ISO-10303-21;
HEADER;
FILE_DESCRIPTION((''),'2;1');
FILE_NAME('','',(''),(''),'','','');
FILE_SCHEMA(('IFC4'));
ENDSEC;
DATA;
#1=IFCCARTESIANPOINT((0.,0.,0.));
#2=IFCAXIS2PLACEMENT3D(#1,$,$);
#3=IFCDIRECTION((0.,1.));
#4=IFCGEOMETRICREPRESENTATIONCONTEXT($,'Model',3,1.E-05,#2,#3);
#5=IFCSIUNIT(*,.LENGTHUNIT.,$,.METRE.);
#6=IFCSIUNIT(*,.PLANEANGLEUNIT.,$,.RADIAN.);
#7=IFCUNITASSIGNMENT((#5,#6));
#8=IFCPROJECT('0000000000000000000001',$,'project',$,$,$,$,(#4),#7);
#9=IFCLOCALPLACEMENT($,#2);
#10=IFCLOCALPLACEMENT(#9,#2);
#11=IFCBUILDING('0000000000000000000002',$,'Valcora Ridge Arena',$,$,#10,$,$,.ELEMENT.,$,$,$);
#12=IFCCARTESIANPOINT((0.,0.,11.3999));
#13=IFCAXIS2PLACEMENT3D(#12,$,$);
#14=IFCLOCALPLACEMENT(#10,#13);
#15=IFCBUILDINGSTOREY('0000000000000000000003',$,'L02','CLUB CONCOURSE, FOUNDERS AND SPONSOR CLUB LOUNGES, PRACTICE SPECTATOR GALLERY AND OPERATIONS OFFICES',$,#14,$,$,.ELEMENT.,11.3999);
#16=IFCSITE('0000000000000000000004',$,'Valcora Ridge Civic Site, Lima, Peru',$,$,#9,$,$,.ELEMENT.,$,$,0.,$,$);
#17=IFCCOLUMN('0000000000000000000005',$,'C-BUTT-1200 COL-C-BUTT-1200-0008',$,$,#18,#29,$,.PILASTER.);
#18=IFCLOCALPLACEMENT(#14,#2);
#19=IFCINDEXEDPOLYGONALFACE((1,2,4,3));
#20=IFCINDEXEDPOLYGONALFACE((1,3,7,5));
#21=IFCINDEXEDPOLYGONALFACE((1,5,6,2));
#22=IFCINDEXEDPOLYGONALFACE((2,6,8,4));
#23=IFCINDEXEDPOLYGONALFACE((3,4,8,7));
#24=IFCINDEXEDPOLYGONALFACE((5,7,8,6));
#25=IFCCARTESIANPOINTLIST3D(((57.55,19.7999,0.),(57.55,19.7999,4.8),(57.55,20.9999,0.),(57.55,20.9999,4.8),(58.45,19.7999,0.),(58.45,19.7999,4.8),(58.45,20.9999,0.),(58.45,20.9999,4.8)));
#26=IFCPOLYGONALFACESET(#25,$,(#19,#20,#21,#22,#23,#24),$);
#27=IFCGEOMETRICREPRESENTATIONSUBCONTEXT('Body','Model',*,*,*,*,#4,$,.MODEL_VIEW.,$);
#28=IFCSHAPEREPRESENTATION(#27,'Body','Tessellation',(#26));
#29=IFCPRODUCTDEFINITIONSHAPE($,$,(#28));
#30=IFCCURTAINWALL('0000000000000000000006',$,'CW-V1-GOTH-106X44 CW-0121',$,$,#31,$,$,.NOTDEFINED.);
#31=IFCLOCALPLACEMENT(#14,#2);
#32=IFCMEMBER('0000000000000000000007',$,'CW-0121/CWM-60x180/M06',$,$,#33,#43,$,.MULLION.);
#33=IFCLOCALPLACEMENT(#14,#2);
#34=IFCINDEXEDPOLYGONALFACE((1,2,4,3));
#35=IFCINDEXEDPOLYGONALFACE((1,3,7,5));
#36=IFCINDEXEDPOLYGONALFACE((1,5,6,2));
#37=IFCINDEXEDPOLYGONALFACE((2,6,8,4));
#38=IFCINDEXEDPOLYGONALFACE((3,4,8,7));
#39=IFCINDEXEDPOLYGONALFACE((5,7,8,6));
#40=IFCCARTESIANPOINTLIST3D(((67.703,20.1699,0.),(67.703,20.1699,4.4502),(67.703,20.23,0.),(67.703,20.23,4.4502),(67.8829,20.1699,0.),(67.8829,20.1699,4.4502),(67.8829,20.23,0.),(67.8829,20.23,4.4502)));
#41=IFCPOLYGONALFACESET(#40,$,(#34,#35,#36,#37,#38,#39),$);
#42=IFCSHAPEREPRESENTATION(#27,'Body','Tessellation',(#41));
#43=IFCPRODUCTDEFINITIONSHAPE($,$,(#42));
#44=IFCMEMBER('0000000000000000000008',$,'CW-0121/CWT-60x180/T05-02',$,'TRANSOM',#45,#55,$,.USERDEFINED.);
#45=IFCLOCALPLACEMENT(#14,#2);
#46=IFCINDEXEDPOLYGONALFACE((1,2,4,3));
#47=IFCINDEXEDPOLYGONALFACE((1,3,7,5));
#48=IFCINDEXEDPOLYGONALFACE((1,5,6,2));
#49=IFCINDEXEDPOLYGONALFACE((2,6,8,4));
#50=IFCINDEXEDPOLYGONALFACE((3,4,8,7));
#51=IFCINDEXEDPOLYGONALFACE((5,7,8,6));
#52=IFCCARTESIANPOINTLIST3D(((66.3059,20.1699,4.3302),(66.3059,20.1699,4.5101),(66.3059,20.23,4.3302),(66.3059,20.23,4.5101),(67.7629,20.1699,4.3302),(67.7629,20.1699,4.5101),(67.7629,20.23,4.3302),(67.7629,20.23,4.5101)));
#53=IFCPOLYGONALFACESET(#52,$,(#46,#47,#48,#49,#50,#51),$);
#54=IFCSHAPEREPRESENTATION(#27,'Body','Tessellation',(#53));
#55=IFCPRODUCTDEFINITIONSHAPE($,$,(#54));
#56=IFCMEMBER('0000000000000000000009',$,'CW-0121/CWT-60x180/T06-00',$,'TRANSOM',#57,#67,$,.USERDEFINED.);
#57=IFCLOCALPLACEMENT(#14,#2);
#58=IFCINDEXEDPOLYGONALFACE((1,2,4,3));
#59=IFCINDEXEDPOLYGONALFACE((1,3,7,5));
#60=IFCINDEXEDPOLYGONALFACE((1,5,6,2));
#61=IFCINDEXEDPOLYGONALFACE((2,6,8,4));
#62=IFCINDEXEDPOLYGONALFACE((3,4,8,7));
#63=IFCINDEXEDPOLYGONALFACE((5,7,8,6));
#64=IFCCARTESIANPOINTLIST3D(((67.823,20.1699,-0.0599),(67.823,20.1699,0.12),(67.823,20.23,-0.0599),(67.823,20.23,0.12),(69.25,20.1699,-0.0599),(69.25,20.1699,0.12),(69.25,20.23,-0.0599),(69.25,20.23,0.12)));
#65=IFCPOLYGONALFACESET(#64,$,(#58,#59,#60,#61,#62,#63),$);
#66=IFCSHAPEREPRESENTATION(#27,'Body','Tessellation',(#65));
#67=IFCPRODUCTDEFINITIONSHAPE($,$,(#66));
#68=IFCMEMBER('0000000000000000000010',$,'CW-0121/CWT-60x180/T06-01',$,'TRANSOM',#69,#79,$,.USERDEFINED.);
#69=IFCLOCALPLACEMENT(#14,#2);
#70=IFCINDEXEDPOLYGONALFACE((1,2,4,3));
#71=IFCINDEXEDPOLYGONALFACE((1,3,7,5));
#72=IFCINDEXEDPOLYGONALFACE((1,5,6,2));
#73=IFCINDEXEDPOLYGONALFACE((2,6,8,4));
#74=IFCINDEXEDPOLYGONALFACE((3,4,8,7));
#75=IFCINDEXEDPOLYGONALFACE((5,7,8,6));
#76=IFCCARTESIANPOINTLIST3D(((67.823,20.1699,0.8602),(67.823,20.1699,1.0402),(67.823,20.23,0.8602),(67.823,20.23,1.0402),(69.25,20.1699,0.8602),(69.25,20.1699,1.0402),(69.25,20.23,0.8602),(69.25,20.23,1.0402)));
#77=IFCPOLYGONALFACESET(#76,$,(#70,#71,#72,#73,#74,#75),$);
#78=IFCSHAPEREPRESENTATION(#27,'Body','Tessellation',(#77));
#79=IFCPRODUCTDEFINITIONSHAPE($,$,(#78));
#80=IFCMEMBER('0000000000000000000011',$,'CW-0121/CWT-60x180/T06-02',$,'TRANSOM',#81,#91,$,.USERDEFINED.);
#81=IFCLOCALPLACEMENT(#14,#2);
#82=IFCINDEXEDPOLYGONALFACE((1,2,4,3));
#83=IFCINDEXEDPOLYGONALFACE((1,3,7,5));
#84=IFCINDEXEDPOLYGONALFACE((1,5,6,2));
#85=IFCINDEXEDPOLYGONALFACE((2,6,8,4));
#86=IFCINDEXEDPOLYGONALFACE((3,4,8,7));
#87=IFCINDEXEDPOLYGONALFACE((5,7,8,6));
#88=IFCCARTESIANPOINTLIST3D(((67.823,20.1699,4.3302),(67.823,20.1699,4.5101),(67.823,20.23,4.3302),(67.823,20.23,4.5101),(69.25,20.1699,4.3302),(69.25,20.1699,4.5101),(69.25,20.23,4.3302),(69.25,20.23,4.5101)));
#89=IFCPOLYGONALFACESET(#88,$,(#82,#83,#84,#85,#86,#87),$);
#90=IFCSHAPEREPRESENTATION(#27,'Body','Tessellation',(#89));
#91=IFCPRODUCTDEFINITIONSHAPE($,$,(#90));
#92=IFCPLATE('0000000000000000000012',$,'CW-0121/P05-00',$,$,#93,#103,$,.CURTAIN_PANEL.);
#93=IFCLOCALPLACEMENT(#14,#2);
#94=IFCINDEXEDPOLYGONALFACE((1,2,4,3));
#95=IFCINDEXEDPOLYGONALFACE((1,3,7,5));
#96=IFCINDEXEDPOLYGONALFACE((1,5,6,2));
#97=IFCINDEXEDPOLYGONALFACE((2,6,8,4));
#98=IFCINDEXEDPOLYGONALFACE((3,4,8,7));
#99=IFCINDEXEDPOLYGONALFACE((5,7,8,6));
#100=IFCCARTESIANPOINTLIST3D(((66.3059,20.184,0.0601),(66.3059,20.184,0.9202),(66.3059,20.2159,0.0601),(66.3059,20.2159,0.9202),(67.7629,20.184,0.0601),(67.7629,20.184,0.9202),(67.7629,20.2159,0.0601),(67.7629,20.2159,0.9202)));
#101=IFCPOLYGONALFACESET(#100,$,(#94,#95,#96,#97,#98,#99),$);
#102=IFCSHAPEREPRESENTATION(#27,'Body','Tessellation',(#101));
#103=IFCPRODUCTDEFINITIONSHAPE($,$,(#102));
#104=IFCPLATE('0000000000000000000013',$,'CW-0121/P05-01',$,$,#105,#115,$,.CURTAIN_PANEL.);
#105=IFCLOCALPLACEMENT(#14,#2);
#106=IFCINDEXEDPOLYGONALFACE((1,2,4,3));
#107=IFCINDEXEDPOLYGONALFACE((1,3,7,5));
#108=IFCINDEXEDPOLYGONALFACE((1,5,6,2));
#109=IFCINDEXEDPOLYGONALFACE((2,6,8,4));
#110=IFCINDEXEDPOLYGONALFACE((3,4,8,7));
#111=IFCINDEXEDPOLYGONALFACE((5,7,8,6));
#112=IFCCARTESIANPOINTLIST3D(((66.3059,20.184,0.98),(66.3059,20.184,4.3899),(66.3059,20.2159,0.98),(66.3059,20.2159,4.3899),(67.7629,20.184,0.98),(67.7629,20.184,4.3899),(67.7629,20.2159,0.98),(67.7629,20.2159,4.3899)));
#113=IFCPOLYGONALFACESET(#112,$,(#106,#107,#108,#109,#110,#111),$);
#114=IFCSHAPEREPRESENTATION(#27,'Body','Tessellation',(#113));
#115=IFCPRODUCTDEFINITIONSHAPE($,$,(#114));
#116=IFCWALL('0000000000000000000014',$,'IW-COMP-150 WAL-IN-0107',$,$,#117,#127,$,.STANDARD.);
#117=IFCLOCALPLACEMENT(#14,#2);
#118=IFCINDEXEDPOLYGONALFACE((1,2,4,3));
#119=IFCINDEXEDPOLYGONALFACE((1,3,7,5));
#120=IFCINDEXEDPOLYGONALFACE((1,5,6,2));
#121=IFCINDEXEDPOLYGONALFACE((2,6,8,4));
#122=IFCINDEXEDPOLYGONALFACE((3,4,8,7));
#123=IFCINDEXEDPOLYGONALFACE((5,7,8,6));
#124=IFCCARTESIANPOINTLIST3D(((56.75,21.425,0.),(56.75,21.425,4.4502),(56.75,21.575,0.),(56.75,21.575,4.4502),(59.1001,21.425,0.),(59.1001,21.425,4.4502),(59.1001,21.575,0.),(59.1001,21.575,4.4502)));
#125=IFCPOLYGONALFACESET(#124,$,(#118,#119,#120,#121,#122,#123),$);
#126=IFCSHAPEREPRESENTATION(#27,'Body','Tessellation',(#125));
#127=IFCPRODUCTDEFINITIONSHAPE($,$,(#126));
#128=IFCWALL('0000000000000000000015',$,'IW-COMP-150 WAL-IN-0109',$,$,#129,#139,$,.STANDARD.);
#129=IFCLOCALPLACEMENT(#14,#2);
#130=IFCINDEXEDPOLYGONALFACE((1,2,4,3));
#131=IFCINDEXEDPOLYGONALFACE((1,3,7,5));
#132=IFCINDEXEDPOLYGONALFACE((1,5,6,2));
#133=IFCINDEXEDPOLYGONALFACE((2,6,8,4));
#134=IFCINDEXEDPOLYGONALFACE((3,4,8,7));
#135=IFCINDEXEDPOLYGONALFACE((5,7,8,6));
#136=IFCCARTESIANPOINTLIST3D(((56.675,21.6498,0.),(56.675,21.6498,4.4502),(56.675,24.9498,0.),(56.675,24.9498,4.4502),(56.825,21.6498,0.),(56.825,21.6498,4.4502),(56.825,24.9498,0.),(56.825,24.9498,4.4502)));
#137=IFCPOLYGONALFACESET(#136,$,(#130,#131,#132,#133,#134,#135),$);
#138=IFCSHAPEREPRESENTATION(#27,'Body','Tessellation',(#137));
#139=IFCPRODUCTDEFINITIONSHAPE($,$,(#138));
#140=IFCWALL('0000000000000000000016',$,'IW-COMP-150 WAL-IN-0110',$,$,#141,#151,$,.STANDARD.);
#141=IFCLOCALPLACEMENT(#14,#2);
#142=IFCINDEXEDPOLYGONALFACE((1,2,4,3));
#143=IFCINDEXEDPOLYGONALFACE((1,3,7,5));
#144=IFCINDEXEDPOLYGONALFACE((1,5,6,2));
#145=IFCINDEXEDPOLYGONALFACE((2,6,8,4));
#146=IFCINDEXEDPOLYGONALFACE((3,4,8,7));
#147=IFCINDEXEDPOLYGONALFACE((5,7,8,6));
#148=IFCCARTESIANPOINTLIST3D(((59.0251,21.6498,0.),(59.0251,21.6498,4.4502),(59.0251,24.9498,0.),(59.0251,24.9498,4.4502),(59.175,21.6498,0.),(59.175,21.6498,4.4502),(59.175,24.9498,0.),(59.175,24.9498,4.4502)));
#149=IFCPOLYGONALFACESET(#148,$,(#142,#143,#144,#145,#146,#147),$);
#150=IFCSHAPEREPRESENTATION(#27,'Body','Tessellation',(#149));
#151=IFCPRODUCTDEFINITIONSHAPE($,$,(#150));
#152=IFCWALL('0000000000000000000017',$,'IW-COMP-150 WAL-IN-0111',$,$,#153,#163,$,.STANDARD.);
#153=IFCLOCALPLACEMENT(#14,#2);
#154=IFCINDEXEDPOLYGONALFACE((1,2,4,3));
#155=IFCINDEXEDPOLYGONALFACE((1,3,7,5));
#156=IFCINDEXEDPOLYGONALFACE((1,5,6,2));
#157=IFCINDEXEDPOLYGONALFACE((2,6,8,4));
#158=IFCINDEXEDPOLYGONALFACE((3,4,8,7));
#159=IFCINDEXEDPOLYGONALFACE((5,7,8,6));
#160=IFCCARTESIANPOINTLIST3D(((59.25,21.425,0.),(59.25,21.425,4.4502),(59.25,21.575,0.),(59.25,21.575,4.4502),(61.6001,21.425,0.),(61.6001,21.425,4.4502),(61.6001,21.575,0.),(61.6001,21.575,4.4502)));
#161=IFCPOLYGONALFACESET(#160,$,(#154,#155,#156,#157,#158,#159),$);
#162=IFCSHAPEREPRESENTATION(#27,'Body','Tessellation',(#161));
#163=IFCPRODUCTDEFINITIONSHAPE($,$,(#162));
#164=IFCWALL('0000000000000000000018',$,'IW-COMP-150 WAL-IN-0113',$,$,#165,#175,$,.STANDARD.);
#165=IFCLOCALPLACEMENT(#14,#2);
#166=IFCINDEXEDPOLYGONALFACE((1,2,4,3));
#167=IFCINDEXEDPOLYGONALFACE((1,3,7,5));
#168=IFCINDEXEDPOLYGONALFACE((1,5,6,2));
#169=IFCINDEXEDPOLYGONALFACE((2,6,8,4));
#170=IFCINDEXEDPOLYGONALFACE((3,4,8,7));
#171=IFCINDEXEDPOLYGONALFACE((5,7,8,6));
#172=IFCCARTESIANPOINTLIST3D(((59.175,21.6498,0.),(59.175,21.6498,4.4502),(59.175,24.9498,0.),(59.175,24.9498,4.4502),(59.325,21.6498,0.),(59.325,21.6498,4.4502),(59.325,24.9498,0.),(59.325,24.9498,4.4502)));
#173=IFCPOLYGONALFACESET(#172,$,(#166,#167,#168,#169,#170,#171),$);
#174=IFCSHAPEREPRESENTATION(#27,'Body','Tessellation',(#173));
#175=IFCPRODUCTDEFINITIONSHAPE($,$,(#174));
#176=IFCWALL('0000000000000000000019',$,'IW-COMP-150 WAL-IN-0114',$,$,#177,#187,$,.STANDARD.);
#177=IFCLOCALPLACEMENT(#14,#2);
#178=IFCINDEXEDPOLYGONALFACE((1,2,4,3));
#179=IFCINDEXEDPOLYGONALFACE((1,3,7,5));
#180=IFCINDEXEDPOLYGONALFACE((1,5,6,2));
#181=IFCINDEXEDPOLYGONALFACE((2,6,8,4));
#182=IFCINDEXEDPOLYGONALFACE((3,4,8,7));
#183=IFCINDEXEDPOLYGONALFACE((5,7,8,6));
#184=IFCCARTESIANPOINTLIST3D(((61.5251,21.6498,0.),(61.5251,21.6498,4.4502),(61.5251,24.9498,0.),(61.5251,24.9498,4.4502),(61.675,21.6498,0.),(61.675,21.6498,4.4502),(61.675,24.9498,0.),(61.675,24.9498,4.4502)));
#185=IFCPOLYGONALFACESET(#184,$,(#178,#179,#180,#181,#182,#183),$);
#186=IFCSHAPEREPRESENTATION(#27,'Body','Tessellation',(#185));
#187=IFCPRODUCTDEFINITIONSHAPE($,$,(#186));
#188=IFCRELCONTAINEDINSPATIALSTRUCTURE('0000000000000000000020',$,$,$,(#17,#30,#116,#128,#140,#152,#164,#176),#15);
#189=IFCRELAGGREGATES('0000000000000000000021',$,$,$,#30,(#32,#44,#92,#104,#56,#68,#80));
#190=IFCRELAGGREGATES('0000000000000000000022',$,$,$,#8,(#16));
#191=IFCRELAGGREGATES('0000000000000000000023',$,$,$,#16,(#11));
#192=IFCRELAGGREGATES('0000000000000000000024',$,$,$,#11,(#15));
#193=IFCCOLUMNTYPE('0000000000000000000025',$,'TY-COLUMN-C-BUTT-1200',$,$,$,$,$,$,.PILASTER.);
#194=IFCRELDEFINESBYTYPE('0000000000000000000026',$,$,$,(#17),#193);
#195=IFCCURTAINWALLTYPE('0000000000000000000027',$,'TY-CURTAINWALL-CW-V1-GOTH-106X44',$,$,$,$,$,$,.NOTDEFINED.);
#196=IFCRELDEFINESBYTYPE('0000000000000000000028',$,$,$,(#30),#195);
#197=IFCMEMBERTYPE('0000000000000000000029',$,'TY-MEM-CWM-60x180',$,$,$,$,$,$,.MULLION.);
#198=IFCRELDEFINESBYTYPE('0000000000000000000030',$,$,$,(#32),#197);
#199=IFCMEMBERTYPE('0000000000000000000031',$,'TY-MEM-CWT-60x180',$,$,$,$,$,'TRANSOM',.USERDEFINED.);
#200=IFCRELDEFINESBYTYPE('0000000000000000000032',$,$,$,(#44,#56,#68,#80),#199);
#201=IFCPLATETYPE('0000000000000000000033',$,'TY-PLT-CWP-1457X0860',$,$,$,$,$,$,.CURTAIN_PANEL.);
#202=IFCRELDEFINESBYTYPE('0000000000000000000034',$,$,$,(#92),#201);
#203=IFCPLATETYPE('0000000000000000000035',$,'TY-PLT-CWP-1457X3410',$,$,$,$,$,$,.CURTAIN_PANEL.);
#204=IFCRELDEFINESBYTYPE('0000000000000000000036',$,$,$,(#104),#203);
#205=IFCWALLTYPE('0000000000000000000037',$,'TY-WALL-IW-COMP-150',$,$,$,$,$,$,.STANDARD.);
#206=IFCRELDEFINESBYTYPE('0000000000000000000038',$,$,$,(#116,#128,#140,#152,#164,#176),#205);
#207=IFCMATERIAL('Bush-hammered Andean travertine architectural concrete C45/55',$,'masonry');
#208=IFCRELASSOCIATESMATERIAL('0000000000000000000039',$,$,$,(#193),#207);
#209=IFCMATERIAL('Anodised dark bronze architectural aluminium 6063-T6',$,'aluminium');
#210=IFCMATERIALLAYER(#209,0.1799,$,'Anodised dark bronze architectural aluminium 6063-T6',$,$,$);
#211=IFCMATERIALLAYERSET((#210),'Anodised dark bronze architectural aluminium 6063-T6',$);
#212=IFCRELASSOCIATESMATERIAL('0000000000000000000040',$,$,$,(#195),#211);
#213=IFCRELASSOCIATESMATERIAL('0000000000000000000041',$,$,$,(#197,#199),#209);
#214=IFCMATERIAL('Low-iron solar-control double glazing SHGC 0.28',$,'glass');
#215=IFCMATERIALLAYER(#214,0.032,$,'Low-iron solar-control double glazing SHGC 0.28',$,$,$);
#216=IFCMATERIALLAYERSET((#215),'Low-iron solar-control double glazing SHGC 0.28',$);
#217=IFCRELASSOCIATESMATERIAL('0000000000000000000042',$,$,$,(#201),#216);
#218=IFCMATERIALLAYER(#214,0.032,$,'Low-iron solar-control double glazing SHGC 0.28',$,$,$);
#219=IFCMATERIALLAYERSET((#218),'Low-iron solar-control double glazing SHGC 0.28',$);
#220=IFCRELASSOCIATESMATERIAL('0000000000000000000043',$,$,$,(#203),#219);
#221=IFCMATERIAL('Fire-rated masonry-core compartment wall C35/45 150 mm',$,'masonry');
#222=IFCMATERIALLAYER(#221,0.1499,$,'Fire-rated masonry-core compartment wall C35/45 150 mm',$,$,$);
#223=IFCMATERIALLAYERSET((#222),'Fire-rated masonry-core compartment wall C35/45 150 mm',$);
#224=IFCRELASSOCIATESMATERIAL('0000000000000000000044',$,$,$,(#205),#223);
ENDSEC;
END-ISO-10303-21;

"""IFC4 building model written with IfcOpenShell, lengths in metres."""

from ifc_helpers import new_model, si_unit, direction, frame, frame_2d, origin, origin_2d, place, context, subcontext, project, spatial, rectangle, extrude, material, layer, layer_set, material_profile, profile_set, type_object, element, aggregate, save


model = new_model("IFC4")

# Units and contexts
model_context = context("Model", 3, precision=1e-05, world=origin(), true_north=direction((0.0, 1.0)))
body_context = subcontext(model_context, "Body", "Model", "MODEL_VIEW")
ifc_project = project(units=[si_unit("LENGTHUNIT", "METRE"), si_unit("PLANEANGLEUNIT", "RADIAN")], contexts=[model_context])

# Site, building, storey
site_placement = place(None, origin())
site = spatial("IfcSite", under=ifc_project, at=site_placement, Name="Valcora Ridge Civic Site, Lima, Peru", CompositionType="ELEMENT", RefElevation=0.0)
building_placement = place(site_placement, origin())
building = spatial("IfcBuilding", under=site, at=building_placement, Name="Valcora Ridge Arena", CompositionType="ELEMENT")
storey_placement = place(building_placement, frame((0.0, 0.0, 11.3999)))
storey = spatial("IfcBuildingStorey", under=building, at=storey_placement, Name="L02", Description="CLUB CONCOURSE, FOUNDERS AND SPONSOR CLUB LOUNGES, PRACTICE SPECTATOR GALLERY AND OPERATIONS OFFICES", CompositionType="ELEMENT", Elevation=11.3999)

# Column
ifc_material_1 = material(Name="Bush-hammered Andean travertine architectural concrete C45/55", Category="masonry")
ifc_material_profile_1 = material_profile(ifc_material_1, rectangle(XDim=0.8999, YDim=1.2, at=origin_2d()), Name="RC 900x1200")
ifc_profile_set_1 = profile_set([ifc_material_profile_1], Name="Bush-hammered Andean travertine architectural concrete C45/55")
column_type = type_object("IfcColumnType", Name="TY-COLUMN-C-BUTT-1200", PredefinedType="PILASTER", material=ifc_profile_set_1)
column_placement = place(storey_placement, frame((58.0, 20.3999, 0.0), z_axis=(0.0, 0.0, 1.0), x_axis=(1.0, 0.0, 0.0)))
element("IfcColumn", 1, at=column_placement, inside=storey, type_object=column_type, Name="C-BUTT-1200 COL-C-BUTT-1200-0008", PredefinedType="PILASTER", context=body_context, shape_type="SweptSolid", body=[
    extrude(rectangle(XDim=0.8999, YDim=1.2, at=origin_2d()), origin(), (0.0, 0.0, 1.0), 4.8),
])

# Curtain wall, members, plates
ifc_material_2 = material(Name="Anodised dark bronze architectural aluminium 6063-T6", Category="aluminium")
ifc_layer_1 = layer(ifc_material_2, 0.1799, Name="Anodised dark bronze architectural aluminium 6063-T6")
ifc_layer_set_1 = layer_set([ifc_layer_1], Name="Anodised dark bronze architectural aluminium 6063-T6")
curtain_wall_type = type_object("IfcCurtainWallType", Name="TY-CURTAINWALL-CW-V1-GOTH-106X44", PredefinedType="NOTDEFINED", material=ifc_layer_set_1)
curtain_wall_placement = place(storey_placement, origin())
curtain_wall = element("IfcCurtainWall", 2, at=curtain_wall_placement, inside=storey, type_object=curtain_wall_type, Name="CW-V1-GOTH-106X44 CW-0121", PredefinedType="NOTDEFINED")
ifc_material_profile_2 = material_profile(ifc_material_2, rectangle(XDim=0.0601, YDim=0.1799, at=origin_2d()), Name="ALU MULLION 60x180")
ifc_profile_set_2 = profile_set([ifc_material_profile_2], Name="Anodised dark bronze architectural aluminium 6063-T6")
member_type_1 = type_object("IfcMemberType", Name="TY-MEM-CWM-60x180", PredefinedType="MULLION", material=ifc_profile_set_2)
member_1_placement = place(storey_placement, frame((67.793, 20.2, 0.0), z_axis=(0.0, 0.0, 1.0), x_axis=(0.0, 1.0, 0.0)))
member_1 = element("IfcMember", 3, at=member_1_placement, type_object=member_type_1, Name="CW-0121/CWM-60x180/M06", PredefinedType="MULLION", context=body_context, shape_type="SweptSolid", body=[
    extrude(rectangle(XDim=0.0601, YDim=0.1799, at=origin_2d()), origin(), (0.0, 0.0, 1.0), 4.4502),
])
ifc_material_profile_3 = material_profile(ifc_material_2, rectangle(XDim=0.0601, YDim=0.1799, at=origin_2d()), Name="ALU TRANSOM 60x180")
ifc_profile_set_3 = profile_set([ifc_material_profile_3], Name="Anodised dark bronze architectural aluminium 6063-T6")
member_type_2 = type_object("IfcMemberType", Name="TY-MEM-CWT-60x180", ElementType="TRANSOM", PredefinedType="USERDEFINED", material=ifc_profile_set_3)
member_2_placement = place(storey_placement, frame((66.3059, 20.2, 4.4202), z_axis=(1.0, 0.0, 0.0), x_axis=(0.0, 1.0, 0.0)))
member_2 = element("IfcMember", 4, at=member_2_placement, type_object=member_type_2, Name="CW-0121/CWT-60x180/T05-02", ObjectType="TRANSOM", PredefinedType="USERDEFINED", context=body_context, shape_type="SweptSolid", body=[
    extrude(rectangle(XDim=0.0601, YDim=0.1799, at=origin_2d()), origin(), (0.0, 0.0, 1.0), 1.457),
])
member_3_placement = place(storey_placement, frame((67.823, 20.2, 0.03), z_axis=(1.0, 0.0, 0.0), x_axis=(0.0, 1.0, 0.0)))
member_3 = element("IfcMember", 5, at=member_3_placement, type_object=member_type_2, Name="CW-0121/CWT-60x180/T06-00", ObjectType="TRANSOM", PredefinedType="USERDEFINED", context=body_context, shape_type="SweptSolid", body=[
    extrude(rectangle(XDim=0.0601, YDim=0.1799, at=origin_2d()), origin(), (0.0, 0.0, 1.0), 1.427),
])
member_4_placement = place(storey_placement, frame((67.823, 20.2, 0.9502), z_axis=(1.0, 0.0, 0.0), x_axis=(0.0, 1.0, 0.0)))
member_4 = element("IfcMember", 6, at=member_4_placement, type_object=member_type_2, Name="CW-0121/CWT-60x180/T06-01", ObjectType="TRANSOM", PredefinedType="USERDEFINED", context=body_context, shape_type="SweptSolid", body=[
    extrude(rectangle(XDim=0.0601, YDim=0.1799, at=origin_2d()), origin(), (0.0, 0.0, 1.0), 1.427),
])
member_5_placement = place(storey_placement, frame((67.823, 20.2, 4.4202), z_axis=(1.0, 0.0, 0.0), x_axis=(0.0, 1.0, 0.0)))
member_5 = element("IfcMember", 7, at=member_5_placement, type_object=member_type_2, Name="CW-0121/CWT-60x180/T06-02", ObjectType="TRANSOM", PredefinedType="USERDEFINED", context=body_context, shape_type="SweptSolid", body=[
    extrude(rectangle(XDim=0.0601, YDim=0.1799, at=origin_2d()), origin(), (0.0, 0.0, 1.0), 1.427),
])
ifc_material_3 = material(Name="Low-iron solar-control double glazing SHGC 0.28", Category="glass")
ifc_layer_2 = layer(ifc_material_3, 0.032, Name="Low-iron solar-control double glazing SHGC 0.28")
ifc_layer_set_2 = layer_set([ifc_layer_2], Name="Low-iron solar-control double glazing SHGC 0.28")
plate_type_1 = type_object("IfcPlateType", Name="TY-PLT-CWP-1457X0860", PredefinedType="CURTAIN_PANEL", material=ifc_layer_set_2)
plate_1_placement = place(storey_placement, frame((67.0344, 20.2, 0.0601), z_axis=(0.0, 0.0, 1.0), x_axis=(1.0, 0.0, 0.0)))
plate_1 = element("IfcPlate", 8, at=plate_1_placement, type_object=plate_type_1, Name="CW-0121/P05-00", PredefinedType="CURTAIN_PANEL", context=body_context, shape_type="SweptSolid", body=[
    extrude(rectangle(XDim=1.457, YDim=0.032, at=origin_2d()), origin(), (0.0, 0.0, 1.0), 0.8601),
])
ifc_layer_3 = layer(ifc_material_3, 0.032, Name="Low-iron solar-control double glazing SHGC 0.28")
ifc_layer_set_3 = layer_set([ifc_layer_3], Name="Low-iron solar-control double glazing SHGC 0.28")
plate_type_2 = type_object("IfcPlateType", Name="TY-PLT-CWP-1457X3410", PredefinedType="CURTAIN_PANEL", material=ifc_layer_set_3)
plate_2_placement = place(storey_placement, frame((67.0344, 20.2, 0.98), z_axis=(0.0, 0.0, 1.0), x_axis=(1.0, 0.0, 0.0)))
plate_2 = element("IfcPlate", 9, at=plate_2_placement, type_object=plate_type_2, Name="CW-0121/P05-01", PredefinedType="CURTAIN_PANEL", context=body_context, shape_type="SweptSolid", body=[
    extrude(rectangle(XDim=1.457, YDim=0.032, at=origin_2d()), origin(), (0.0, 0.0, 1.0), 3.4099),
])
aggregate(curtain_wall, [member_1, member_2, plate_1, plate_2, member_3, member_4, member_5])

# Walls
ifc_material_4 = material(Name="Fire-rated masonry-core compartment wall C35/45 150 mm", Category="masonry")
ifc_layer_4 = layer(ifc_material_4, 0.1499, Name="Fire-rated masonry-core compartment wall C35/45 150 mm")
ifc_layer_set_4 = layer_set([ifc_layer_4], Name="Fire-rated masonry-core compartment wall C35/45 150 mm")
wall_type_1 = type_object("IfcWallType", Name="TY-WALL-IW-COMP-150", PredefinedType="STANDARD", material=ifc_layer_set_4)
wall_1_placement = place(storey_placement, frame((56.75, 21.5, 0.0), z_axis=(0.0, 0.0, 1.0), x_axis=(1.0, 0.0, 0.0)))
element("IfcWall", 10, at=wall_1_placement, inside=storey, type_object=wall_type_1, Name="IW-COMP-150 WAL-IN-0107", PredefinedType="STANDARD", context=body_context, shape_type="SweptSolid", body=[
    extrude(rectangle(XDim=2.3501, YDim=0.1499, at=frame_2d((1.175, 0.0))), origin(), (0.0, 0.0, 1.0), 4.4502),
])
for number, where, z_axis, x_axis, name in (
    (11, (56.75, 21.6499, 0.0), (0.0, 0.0, 1.0), (0.0, 1.0, 0.0), "IW-COMP-150 WAL-IN-0109"),
    (12, (59.1001, 21.6499, 0.0), (0.0, 0.0, 1.0), (0.0, 1.0, 0.0), "IW-COMP-150 WAL-IN-0110"),
):
    element("IfcWall", number, at=place(storey_placement, frame(where, z_axis=z_axis, x_axis=x_axis)), inside=storey, type_object=wall_type_1, Name=name, PredefinedType="STANDARD", context=body_context, shape_type="SweptSolid", body=[
        extrude(rectangle(XDim=3.3, YDim=0.1499, at=frame_2d((1.6499, 0.0))), origin(), (0.0, 0.0, 1.0), 4.4502),
    ])
wall_2_placement = place(storey_placement, frame((59.25, 21.5, 0.0), z_axis=(0.0, 0.0, 1.0), x_axis=(1.0, 0.0, 0.0)))
element("IfcWall", 13, at=wall_2_placement, inside=storey, type_object=wall_type_1, Name="IW-COMP-150 WAL-IN-0111", PredefinedType="STANDARD", context=body_context, shape_type="SweptSolid", body=[
    extrude(rectangle(XDim=2.3501, YDim=0.1499, at=frame_2d((1.175, 0.0))), origin(), (0.0, 0.0, 1.0), 4.4502),
])
for number, where, z_axis, x_axis, name in (
    (14, (59.25, 21.6499, 0.0), (0.0, 0.0, 1.0), (0.0, 1.0, 0.0), "IW-COMP-150 WAL-IN-0113"),
    (15, (61.6001, 21.6499, 0.0), (0.0, 0.0, 1.0), (0.0, 1.0, 0.0), "IW-COMP-150 WAL-IN-0114"),
):
    element("IfcWall", number, at=place(storey_placement, frame(where, z_axis=z_axis, x_axis=x_axis)), inside=storey, type_object=wall_type_1, Name=name, PredefinedType="STANDARD", context=body_context, shape_type="SweptSolid", body=[
        extrude(rectangle(XDim=3.3, YDim=0.1499, at=frame_2d((1.6499, 0.0))), origin(), (0.0, 0.0, 1.0), 4.4502),
    ])

save(model, "model.ifc")
